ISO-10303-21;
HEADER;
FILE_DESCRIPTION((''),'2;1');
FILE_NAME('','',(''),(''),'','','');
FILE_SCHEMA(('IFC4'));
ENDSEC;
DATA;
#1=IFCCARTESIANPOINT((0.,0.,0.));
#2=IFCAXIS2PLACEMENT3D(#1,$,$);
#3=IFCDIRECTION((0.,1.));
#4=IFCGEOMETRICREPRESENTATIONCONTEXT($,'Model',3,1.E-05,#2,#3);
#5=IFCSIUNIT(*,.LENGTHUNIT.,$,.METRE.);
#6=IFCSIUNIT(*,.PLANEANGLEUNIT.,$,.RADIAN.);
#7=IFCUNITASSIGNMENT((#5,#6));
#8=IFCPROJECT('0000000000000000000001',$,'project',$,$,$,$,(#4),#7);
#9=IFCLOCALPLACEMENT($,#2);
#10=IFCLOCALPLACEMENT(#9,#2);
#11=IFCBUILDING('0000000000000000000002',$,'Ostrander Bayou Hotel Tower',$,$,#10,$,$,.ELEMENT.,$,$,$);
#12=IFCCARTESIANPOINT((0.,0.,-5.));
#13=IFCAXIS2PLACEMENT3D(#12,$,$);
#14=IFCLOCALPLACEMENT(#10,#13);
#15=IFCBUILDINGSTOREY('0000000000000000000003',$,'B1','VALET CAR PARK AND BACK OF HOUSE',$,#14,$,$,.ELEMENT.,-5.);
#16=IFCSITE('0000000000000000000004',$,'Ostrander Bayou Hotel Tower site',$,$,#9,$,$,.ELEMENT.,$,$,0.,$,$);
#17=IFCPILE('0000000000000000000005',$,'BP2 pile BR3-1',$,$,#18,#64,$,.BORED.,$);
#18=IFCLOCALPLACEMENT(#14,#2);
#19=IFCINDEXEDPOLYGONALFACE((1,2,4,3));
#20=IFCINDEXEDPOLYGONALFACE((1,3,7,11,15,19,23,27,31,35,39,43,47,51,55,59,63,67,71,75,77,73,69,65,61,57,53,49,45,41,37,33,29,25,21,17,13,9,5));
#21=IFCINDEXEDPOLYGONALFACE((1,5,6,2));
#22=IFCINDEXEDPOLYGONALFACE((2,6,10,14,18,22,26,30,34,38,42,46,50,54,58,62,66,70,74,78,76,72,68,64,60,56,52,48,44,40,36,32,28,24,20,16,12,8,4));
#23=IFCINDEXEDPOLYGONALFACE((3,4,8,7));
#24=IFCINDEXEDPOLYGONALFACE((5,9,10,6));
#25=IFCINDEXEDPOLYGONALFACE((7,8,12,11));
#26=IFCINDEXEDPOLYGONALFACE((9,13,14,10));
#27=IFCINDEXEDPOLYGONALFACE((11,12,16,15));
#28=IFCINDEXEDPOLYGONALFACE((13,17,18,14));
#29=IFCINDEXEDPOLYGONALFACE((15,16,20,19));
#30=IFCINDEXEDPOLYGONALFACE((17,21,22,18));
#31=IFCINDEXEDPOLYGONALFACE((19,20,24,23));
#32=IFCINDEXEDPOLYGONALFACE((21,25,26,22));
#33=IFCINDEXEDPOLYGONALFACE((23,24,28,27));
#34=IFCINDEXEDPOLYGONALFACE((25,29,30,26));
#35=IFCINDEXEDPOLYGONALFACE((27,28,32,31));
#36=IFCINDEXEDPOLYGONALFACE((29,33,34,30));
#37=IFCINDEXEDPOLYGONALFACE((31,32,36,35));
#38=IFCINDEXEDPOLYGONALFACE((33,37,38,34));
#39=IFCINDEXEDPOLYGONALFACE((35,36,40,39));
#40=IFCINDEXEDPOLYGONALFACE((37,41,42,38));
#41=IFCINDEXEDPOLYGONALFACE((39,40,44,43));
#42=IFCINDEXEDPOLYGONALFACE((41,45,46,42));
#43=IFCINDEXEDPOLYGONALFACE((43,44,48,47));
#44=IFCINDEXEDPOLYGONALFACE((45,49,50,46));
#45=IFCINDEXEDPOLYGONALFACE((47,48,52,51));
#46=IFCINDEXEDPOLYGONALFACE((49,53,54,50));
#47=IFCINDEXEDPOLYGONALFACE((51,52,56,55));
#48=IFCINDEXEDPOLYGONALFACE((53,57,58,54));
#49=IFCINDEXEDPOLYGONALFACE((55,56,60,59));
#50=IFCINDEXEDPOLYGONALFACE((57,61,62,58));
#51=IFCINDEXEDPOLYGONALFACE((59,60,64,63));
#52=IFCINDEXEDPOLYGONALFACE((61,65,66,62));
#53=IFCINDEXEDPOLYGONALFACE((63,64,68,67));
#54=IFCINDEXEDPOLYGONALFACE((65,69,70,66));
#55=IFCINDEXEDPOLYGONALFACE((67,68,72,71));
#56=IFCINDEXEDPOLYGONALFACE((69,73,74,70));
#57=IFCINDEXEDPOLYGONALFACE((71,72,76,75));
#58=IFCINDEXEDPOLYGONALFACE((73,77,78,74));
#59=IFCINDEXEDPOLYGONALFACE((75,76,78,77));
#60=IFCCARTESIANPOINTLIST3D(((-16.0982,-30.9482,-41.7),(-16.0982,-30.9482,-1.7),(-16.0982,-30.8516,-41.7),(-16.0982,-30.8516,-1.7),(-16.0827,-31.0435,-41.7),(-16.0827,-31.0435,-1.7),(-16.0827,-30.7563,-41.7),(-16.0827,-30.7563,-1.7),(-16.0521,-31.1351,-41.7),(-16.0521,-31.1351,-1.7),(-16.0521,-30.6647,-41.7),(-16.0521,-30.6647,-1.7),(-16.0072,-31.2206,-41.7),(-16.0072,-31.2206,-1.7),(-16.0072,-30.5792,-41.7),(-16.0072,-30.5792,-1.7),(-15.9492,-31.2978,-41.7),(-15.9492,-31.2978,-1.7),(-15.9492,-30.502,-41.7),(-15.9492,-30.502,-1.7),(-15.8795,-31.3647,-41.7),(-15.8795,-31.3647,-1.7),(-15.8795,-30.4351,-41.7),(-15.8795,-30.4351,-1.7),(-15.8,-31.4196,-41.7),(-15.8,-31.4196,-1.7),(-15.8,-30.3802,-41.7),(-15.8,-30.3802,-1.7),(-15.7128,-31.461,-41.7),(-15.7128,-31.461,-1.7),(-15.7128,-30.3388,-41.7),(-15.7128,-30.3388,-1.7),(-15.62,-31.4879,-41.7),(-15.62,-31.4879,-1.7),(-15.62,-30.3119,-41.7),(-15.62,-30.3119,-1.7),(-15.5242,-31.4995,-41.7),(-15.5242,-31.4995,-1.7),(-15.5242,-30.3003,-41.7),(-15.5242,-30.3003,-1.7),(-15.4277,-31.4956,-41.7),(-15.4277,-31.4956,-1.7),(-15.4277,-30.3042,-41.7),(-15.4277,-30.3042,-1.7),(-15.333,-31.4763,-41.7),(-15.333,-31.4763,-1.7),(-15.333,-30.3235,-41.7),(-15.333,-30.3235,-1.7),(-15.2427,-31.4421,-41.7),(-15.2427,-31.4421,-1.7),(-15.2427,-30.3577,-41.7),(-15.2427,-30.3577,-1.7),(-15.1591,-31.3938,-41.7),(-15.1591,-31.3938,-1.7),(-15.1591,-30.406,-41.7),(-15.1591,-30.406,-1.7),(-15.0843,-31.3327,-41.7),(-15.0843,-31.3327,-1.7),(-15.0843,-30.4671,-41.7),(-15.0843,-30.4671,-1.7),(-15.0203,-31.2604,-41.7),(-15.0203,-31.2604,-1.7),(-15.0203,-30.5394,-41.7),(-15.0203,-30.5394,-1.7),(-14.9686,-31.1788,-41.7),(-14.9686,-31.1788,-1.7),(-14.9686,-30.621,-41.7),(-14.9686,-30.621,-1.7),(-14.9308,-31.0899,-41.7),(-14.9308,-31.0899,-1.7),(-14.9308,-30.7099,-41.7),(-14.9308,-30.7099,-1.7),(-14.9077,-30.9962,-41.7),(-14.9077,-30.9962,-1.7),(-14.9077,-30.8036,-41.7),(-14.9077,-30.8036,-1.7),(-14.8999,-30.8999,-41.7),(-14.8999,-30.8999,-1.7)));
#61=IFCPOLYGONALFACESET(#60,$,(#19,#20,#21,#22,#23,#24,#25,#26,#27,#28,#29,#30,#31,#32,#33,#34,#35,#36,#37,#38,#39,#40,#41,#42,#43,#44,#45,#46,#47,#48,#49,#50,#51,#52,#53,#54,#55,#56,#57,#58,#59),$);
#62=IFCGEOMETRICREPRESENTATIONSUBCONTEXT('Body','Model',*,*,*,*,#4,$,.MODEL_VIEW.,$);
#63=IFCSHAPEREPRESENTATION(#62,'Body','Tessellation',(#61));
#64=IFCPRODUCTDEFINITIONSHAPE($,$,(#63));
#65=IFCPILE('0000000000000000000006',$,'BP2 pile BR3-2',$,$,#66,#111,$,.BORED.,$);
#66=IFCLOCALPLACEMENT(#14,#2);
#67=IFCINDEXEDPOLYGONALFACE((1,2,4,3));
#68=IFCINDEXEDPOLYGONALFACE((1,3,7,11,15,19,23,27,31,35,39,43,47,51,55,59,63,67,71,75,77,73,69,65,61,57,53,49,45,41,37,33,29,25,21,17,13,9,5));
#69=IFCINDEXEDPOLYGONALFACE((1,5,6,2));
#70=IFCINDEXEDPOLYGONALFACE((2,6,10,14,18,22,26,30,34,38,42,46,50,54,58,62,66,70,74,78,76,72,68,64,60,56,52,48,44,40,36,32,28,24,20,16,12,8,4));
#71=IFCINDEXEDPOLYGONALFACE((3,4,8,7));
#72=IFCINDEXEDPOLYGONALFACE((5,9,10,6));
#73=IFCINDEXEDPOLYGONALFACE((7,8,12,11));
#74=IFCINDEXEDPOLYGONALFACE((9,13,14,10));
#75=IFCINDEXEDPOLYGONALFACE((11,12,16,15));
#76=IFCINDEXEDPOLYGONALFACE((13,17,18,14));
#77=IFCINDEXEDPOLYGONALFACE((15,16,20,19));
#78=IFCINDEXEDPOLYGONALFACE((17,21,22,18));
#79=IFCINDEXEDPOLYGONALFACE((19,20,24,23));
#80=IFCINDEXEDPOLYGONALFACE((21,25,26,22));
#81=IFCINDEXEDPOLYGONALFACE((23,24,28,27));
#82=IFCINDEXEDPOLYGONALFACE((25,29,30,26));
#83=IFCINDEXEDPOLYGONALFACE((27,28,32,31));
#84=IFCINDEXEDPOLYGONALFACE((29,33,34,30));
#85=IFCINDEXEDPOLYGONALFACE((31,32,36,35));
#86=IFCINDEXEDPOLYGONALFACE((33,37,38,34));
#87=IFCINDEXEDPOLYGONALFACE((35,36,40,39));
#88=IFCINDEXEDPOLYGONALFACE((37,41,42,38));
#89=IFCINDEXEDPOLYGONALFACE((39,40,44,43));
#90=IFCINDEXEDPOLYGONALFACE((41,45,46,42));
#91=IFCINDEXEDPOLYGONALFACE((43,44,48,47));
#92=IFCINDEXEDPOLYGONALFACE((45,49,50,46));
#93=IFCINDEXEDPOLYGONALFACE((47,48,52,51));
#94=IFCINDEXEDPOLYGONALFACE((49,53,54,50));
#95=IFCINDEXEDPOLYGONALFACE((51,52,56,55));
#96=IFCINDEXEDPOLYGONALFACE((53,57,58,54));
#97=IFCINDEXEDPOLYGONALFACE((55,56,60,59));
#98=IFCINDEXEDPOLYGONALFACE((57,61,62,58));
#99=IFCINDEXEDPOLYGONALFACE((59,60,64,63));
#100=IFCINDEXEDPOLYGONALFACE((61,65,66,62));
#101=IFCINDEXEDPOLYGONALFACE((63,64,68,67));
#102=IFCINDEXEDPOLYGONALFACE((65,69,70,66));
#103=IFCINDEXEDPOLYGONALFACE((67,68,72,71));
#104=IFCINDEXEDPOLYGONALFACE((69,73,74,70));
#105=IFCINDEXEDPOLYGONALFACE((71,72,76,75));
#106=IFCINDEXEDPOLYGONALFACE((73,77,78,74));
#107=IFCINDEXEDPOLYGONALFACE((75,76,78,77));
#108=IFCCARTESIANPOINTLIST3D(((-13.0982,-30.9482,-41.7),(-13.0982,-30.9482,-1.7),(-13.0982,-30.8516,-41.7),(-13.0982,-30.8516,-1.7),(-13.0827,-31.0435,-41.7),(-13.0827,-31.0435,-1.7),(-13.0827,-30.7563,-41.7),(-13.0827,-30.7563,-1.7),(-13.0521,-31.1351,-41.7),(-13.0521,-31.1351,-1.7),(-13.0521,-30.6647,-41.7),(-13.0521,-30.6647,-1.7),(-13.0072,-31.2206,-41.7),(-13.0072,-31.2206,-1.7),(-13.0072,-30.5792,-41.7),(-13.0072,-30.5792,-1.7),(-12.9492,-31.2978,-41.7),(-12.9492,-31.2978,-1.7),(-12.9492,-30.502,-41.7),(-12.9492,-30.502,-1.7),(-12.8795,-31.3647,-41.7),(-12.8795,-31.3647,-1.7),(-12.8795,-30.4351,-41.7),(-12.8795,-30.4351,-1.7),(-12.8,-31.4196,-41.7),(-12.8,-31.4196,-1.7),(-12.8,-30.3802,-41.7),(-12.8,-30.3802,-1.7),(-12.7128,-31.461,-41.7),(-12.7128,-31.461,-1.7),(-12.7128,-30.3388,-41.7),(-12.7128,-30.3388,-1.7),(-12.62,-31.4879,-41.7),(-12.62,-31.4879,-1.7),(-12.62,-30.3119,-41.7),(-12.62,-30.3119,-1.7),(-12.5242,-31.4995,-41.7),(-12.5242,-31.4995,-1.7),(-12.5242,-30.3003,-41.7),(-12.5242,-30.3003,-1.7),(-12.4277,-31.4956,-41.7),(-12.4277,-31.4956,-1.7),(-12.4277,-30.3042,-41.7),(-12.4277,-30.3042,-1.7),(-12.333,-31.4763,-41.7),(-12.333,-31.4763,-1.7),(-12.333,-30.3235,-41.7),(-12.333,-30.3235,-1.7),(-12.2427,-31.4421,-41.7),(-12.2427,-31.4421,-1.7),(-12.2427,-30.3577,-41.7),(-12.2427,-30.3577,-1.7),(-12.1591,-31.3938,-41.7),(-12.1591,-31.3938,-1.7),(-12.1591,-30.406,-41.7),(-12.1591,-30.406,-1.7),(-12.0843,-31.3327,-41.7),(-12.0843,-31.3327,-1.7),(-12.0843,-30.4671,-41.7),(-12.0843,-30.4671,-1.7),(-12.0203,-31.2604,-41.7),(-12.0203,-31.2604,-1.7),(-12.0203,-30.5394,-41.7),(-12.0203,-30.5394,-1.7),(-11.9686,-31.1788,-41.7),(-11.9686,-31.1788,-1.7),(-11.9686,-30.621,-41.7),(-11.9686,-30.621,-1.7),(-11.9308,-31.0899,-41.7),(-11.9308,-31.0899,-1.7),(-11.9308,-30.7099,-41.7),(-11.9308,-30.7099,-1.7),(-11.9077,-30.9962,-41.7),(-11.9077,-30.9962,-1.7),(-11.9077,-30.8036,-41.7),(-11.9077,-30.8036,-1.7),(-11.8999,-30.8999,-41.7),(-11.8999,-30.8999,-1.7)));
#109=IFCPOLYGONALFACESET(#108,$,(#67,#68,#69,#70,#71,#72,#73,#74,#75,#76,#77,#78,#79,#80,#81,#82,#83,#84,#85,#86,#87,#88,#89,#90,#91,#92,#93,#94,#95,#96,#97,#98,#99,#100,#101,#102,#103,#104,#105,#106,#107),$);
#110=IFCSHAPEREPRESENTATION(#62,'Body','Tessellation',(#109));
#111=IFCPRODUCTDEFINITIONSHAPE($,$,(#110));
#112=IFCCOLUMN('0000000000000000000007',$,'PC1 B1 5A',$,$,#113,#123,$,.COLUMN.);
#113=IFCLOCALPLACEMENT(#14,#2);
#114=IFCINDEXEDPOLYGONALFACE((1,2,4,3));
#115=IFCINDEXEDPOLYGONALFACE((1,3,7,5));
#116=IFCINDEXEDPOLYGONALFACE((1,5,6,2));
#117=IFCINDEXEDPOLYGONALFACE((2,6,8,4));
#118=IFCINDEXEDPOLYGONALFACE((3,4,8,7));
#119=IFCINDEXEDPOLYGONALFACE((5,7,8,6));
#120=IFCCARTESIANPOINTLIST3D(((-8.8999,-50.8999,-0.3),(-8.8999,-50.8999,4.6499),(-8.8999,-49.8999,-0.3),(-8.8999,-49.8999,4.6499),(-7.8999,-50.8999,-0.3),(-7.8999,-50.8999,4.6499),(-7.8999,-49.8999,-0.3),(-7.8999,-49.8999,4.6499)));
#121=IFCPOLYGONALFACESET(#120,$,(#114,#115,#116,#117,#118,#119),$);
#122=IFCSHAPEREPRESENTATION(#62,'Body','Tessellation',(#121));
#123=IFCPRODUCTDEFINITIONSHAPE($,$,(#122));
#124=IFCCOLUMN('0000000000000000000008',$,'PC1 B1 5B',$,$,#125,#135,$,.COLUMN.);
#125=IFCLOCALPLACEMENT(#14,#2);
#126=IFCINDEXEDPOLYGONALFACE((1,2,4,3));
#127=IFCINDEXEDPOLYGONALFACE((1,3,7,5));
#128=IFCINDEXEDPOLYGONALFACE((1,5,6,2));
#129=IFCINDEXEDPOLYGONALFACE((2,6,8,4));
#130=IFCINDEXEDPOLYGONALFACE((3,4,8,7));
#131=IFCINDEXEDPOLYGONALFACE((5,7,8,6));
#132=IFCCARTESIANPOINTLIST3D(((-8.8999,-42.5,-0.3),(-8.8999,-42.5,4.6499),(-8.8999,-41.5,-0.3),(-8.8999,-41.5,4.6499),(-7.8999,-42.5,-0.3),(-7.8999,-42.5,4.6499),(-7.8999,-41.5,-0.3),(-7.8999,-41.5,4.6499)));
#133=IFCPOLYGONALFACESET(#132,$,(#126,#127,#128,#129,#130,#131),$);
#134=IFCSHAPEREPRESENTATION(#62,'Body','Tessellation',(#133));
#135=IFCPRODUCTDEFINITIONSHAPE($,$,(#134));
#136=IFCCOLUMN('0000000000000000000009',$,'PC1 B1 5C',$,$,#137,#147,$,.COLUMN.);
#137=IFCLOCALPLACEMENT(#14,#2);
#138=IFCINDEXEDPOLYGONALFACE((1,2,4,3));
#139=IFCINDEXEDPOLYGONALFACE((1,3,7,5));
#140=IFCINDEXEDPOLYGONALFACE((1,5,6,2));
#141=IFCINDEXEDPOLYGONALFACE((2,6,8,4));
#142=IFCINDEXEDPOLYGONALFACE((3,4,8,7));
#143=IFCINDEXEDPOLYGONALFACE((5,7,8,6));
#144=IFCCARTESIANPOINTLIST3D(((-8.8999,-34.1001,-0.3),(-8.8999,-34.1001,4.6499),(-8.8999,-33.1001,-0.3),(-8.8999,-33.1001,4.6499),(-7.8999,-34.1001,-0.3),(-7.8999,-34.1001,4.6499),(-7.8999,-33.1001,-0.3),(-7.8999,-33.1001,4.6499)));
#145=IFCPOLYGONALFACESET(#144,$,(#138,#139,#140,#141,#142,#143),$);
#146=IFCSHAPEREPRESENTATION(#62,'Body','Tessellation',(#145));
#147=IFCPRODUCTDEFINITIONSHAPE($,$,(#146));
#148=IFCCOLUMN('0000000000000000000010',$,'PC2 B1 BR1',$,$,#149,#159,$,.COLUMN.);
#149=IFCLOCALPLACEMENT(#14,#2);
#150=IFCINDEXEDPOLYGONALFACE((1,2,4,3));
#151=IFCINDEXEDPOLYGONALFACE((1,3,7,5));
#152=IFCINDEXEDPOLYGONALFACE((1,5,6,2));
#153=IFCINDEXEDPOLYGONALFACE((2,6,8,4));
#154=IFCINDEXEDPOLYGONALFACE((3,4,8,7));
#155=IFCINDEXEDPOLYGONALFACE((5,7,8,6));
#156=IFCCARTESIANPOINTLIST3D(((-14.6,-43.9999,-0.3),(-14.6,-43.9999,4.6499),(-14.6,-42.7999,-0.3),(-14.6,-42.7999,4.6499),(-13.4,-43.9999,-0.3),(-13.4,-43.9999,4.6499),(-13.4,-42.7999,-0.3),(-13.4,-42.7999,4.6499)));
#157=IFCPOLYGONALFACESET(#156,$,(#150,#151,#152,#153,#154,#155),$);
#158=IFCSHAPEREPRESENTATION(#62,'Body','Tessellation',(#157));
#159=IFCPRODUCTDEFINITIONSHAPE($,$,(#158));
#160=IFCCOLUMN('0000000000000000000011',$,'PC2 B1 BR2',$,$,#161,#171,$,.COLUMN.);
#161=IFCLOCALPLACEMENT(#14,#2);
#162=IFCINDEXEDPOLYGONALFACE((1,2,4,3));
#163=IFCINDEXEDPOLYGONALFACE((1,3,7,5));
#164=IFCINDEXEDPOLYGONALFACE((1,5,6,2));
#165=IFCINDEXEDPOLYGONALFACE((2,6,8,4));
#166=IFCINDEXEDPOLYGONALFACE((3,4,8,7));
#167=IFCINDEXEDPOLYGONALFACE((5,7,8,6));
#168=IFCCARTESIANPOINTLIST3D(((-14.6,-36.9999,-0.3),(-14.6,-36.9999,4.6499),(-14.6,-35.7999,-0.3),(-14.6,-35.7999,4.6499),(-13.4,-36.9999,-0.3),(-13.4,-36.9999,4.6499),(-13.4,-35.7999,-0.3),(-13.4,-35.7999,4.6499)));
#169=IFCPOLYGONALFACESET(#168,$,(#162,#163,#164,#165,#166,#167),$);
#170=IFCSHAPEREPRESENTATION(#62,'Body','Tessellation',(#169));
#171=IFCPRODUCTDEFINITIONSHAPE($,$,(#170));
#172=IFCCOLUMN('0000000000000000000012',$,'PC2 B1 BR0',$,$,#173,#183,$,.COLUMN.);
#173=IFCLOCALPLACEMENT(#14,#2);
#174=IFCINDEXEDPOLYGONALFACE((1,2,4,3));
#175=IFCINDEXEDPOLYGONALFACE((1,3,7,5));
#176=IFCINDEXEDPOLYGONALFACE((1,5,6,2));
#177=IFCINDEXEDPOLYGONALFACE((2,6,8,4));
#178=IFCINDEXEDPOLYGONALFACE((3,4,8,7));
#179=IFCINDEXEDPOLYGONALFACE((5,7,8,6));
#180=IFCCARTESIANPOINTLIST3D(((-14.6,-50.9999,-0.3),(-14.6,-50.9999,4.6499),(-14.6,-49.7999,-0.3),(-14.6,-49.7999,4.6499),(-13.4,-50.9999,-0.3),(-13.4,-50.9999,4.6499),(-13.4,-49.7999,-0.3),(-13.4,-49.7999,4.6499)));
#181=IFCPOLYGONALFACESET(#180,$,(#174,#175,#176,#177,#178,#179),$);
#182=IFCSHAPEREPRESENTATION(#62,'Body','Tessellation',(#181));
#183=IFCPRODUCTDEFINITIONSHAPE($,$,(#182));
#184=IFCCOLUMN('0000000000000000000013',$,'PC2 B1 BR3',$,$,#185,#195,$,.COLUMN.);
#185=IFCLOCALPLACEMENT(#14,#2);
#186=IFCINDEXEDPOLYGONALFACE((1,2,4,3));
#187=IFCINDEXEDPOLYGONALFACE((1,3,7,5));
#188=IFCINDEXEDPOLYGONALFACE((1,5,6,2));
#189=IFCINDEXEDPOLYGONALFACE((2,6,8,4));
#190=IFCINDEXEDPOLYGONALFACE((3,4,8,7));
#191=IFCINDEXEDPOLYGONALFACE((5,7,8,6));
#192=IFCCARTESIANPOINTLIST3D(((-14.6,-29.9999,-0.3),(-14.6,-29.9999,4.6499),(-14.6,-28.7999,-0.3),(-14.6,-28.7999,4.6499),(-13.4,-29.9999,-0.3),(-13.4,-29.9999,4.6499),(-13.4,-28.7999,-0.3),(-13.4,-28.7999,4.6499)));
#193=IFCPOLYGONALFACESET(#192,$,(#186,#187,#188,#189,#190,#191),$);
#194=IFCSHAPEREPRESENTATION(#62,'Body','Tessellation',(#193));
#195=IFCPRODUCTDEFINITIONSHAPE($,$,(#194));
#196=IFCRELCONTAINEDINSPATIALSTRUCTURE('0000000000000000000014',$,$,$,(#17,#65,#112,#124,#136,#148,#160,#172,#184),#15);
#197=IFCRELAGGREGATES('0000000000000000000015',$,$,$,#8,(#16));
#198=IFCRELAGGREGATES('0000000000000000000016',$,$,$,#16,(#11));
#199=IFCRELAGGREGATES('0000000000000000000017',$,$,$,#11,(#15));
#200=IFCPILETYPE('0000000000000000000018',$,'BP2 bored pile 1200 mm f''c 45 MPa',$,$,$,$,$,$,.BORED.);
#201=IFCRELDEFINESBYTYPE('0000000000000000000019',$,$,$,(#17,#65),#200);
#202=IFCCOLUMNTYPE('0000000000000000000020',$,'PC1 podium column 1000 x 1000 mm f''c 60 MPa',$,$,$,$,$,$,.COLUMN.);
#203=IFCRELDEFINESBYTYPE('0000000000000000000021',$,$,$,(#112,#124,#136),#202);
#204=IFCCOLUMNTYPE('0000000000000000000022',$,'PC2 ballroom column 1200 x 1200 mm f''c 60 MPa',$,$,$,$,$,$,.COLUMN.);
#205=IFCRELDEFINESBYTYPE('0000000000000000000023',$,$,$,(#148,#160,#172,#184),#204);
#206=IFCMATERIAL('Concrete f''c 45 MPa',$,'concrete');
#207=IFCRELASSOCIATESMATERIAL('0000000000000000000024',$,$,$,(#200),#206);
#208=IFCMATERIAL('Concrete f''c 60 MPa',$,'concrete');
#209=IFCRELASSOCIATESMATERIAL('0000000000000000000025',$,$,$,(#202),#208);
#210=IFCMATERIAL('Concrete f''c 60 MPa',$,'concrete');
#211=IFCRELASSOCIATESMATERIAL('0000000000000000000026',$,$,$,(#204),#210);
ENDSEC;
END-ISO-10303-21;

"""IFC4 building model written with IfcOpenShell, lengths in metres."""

from ifc_helpers import new_model, si_unit, direction, frame, origin, origin_2d, place, context, subcontext, project, spatial, rectangle, circle, extrude, material, material_profile, profile_set, type_object, element, save


model = new_model("IFC4")

# Units and contexts
model_context = context("Model", 3, precision=1e-05, world=origin(), true_north=direction((0.0, 1.0)))
body_context = subcontext(model_context, "Body", "Model", "MODEL_VIEW")
ifc_project = project(units=[si_unit("LENGTHUNIT", "METRE"), si_unit("PLANEANGLEUNIT", "RADIAN")], contexts=[model_context])

# Site, building, storey
site_placement = place(None, origin())
site = spatial("IfcSite", under=ifc_project, at=site_placement, Name="Ostrander Bayou Hotel Tower site", CompositionType="ELEMENT", RefElevation=0.0)
building_placement = place(site_placement, origin())
building = spatial("IfcBuilding", under=site, at=building_placement, Name="Ostrander Bayou Hotel Tower", CompositionType="ELEMENT")
storey_placement = place(building_placement, frame((0.0, 0.0, -5.0)))
storey = spatial("IfcBuildingStorey", under=building, at=storey_placement, Name="B1", Description="VALET CAR PARK AND BACK OF HOUSE", CompositionType="ELEMENT", Elevation=-5.0)

# Piles
ifc_material_1 = material(Name="Concrete f'c 45 MPa", Category="concrete")
ifc_material_profile_1 = material_profile(ifc_material_1, circle(Radius=0.6001, at=origin_2d()))
ifc_profile_set_1 = profile_set([ifc_material_profile_1], Name="Concrete f'c 45 MPa")
pile_type = type_object("IfcPileType", Name="BP2 bored pile 1200 mm f'c 45 MPa", PredefinedType="BORED", material=ifc_profile_set_1)
for number, where, z_axis, x_axis, name in (
    (1, (-15.5, -30.8999, -1.7), (0.0, 0.0, -1.0), (1.0, 0.0, 0.0), "BP2 pile BR3-1"),
    (2, (-12.5, -30.8999, -1.7), (0.0, 0.0, -1.0), (1.0, 0.0, 0.0), "BP2 pile BR3-2"),
):
    element("IfcPile", number, at=place(storey_placement, frame(where, z_axis=z_axis, x_axis=x_axis)), inside=storey, type_object=pile_type, Name=name, PredefinedType="BORED", context=body_context, shape_type="SweptSolid", body=[
        extrude(circle(Radius=0.6001, at=origin_2d()), origin(), (0.0, 0.0, 1.0), 40.0),
    ])

# Columns
ifc_material_2 = material(Name="Concrete f'c 60 MPa", Category="concrete")
ifc_material_profile_2 = material_profile(ifc_material_2, rectangle(XDim=1.0, YDim=1.0, at=origin_2d()))
ifc_profile_set_2 = profile_set([ifc_material_profile_2], Name="Concrete f'c 60 MPa")
column_type_1 = type_object("IfcColumnType", Name="PC1 podium column 1000 x 1000 mm f'c 60 MPa", PredefinedType="COLUMN", material=ifc_profile_set_2)
for number, where, z_axis, x_axis, name in (
    (3, (-8.3999, -50.3999, -0.3), (0.0, 0.0, 1.0), (1.0, 0.0, 0.0), "PC1 B1 5A"),
    (4, (-8.3999, -42.0, -0.3), (0.0, 0.0, 1.0), (1.0, 0.0, 0.0), "PC1 B1 5B"),
    (5, (-8.3999, -33.6001, -0.3), (0.0, 0.0, 1.0), (1.0, 0.0, 0.0), "PC1 B1 5C"),
):
    element("IfcColumn", number, at=place(storey_placement, frame(where, z_axis=z_axis, x_axis=x_axis)), inside=storey, type_object=column_type_1, Name=name, PredefinedType="COLUMN", context=body_context, shape_type="SweptSolid", body=[
        extrude(rectangle(XDim=1.0, YDim=1.0, at=origin_2d()), origin(), (0.0, 0.0, 1.0), 4.95),
    ])
ifc_material_3 = material(Name="Concrete f'c 60 MPa", Category="concrete")
ifc_material_profile_3 = material_profile(ifc_material_3, rectangle(XDim=1.2, YDim=1.2, at=origin_2d()))
ifc_profile_set_3 = profile_set([ifc_material_profile_3], Name="Concrete f'c 60 MPa")
column_type_2 = type_object("IfcColumnType", Name="PC2 ballroom column 1200 x 1200 mm f'c 60 MPa", PredefinedType="COLUMN", material=ifc_profile_set_3)
for number, where, z_axis, x_axis, name in (
    (6, (-14.0, -43.3999, -0.3), (0.0, 0.0, 1.0), (1.0, 0.0, 0.0), "PC2 B1 BR1"),
    (7, (-14.0, -36.3999, -0.3), (0.0, 0.0, 1.0), (1.0, 0.0, 0.0), "PC2 B1 BR2"),
    (8, (-14.0, -50.3999, -0.3), (0.0, 0.0, 1.0), (1.0, 0.0, 0.0), "PC2 B1 BR0"),
    (9, (-14.0, -29.3999, -0.3), (0.0, 0.0, 1.0), (1.0, 0.0, 0.0), "PC2 B1 BR3"),
):
    element("IfcColumn", number, at=place(storey_placement, frame(where, z_axis=z_axis, x_axis=x_axis)), inside=storey, type_object=column_type_2, Name=name, PredefinedType="COLUMN", context=body_context, shape_type="SweptSolid", body=[
        extrude(rectangle(XDim=1.2, YDim=1.2, at=origin_2d()), origin(), (0.0, 0.0, 1.0), 4.95),
    ])

save(model, "model.ifc")
